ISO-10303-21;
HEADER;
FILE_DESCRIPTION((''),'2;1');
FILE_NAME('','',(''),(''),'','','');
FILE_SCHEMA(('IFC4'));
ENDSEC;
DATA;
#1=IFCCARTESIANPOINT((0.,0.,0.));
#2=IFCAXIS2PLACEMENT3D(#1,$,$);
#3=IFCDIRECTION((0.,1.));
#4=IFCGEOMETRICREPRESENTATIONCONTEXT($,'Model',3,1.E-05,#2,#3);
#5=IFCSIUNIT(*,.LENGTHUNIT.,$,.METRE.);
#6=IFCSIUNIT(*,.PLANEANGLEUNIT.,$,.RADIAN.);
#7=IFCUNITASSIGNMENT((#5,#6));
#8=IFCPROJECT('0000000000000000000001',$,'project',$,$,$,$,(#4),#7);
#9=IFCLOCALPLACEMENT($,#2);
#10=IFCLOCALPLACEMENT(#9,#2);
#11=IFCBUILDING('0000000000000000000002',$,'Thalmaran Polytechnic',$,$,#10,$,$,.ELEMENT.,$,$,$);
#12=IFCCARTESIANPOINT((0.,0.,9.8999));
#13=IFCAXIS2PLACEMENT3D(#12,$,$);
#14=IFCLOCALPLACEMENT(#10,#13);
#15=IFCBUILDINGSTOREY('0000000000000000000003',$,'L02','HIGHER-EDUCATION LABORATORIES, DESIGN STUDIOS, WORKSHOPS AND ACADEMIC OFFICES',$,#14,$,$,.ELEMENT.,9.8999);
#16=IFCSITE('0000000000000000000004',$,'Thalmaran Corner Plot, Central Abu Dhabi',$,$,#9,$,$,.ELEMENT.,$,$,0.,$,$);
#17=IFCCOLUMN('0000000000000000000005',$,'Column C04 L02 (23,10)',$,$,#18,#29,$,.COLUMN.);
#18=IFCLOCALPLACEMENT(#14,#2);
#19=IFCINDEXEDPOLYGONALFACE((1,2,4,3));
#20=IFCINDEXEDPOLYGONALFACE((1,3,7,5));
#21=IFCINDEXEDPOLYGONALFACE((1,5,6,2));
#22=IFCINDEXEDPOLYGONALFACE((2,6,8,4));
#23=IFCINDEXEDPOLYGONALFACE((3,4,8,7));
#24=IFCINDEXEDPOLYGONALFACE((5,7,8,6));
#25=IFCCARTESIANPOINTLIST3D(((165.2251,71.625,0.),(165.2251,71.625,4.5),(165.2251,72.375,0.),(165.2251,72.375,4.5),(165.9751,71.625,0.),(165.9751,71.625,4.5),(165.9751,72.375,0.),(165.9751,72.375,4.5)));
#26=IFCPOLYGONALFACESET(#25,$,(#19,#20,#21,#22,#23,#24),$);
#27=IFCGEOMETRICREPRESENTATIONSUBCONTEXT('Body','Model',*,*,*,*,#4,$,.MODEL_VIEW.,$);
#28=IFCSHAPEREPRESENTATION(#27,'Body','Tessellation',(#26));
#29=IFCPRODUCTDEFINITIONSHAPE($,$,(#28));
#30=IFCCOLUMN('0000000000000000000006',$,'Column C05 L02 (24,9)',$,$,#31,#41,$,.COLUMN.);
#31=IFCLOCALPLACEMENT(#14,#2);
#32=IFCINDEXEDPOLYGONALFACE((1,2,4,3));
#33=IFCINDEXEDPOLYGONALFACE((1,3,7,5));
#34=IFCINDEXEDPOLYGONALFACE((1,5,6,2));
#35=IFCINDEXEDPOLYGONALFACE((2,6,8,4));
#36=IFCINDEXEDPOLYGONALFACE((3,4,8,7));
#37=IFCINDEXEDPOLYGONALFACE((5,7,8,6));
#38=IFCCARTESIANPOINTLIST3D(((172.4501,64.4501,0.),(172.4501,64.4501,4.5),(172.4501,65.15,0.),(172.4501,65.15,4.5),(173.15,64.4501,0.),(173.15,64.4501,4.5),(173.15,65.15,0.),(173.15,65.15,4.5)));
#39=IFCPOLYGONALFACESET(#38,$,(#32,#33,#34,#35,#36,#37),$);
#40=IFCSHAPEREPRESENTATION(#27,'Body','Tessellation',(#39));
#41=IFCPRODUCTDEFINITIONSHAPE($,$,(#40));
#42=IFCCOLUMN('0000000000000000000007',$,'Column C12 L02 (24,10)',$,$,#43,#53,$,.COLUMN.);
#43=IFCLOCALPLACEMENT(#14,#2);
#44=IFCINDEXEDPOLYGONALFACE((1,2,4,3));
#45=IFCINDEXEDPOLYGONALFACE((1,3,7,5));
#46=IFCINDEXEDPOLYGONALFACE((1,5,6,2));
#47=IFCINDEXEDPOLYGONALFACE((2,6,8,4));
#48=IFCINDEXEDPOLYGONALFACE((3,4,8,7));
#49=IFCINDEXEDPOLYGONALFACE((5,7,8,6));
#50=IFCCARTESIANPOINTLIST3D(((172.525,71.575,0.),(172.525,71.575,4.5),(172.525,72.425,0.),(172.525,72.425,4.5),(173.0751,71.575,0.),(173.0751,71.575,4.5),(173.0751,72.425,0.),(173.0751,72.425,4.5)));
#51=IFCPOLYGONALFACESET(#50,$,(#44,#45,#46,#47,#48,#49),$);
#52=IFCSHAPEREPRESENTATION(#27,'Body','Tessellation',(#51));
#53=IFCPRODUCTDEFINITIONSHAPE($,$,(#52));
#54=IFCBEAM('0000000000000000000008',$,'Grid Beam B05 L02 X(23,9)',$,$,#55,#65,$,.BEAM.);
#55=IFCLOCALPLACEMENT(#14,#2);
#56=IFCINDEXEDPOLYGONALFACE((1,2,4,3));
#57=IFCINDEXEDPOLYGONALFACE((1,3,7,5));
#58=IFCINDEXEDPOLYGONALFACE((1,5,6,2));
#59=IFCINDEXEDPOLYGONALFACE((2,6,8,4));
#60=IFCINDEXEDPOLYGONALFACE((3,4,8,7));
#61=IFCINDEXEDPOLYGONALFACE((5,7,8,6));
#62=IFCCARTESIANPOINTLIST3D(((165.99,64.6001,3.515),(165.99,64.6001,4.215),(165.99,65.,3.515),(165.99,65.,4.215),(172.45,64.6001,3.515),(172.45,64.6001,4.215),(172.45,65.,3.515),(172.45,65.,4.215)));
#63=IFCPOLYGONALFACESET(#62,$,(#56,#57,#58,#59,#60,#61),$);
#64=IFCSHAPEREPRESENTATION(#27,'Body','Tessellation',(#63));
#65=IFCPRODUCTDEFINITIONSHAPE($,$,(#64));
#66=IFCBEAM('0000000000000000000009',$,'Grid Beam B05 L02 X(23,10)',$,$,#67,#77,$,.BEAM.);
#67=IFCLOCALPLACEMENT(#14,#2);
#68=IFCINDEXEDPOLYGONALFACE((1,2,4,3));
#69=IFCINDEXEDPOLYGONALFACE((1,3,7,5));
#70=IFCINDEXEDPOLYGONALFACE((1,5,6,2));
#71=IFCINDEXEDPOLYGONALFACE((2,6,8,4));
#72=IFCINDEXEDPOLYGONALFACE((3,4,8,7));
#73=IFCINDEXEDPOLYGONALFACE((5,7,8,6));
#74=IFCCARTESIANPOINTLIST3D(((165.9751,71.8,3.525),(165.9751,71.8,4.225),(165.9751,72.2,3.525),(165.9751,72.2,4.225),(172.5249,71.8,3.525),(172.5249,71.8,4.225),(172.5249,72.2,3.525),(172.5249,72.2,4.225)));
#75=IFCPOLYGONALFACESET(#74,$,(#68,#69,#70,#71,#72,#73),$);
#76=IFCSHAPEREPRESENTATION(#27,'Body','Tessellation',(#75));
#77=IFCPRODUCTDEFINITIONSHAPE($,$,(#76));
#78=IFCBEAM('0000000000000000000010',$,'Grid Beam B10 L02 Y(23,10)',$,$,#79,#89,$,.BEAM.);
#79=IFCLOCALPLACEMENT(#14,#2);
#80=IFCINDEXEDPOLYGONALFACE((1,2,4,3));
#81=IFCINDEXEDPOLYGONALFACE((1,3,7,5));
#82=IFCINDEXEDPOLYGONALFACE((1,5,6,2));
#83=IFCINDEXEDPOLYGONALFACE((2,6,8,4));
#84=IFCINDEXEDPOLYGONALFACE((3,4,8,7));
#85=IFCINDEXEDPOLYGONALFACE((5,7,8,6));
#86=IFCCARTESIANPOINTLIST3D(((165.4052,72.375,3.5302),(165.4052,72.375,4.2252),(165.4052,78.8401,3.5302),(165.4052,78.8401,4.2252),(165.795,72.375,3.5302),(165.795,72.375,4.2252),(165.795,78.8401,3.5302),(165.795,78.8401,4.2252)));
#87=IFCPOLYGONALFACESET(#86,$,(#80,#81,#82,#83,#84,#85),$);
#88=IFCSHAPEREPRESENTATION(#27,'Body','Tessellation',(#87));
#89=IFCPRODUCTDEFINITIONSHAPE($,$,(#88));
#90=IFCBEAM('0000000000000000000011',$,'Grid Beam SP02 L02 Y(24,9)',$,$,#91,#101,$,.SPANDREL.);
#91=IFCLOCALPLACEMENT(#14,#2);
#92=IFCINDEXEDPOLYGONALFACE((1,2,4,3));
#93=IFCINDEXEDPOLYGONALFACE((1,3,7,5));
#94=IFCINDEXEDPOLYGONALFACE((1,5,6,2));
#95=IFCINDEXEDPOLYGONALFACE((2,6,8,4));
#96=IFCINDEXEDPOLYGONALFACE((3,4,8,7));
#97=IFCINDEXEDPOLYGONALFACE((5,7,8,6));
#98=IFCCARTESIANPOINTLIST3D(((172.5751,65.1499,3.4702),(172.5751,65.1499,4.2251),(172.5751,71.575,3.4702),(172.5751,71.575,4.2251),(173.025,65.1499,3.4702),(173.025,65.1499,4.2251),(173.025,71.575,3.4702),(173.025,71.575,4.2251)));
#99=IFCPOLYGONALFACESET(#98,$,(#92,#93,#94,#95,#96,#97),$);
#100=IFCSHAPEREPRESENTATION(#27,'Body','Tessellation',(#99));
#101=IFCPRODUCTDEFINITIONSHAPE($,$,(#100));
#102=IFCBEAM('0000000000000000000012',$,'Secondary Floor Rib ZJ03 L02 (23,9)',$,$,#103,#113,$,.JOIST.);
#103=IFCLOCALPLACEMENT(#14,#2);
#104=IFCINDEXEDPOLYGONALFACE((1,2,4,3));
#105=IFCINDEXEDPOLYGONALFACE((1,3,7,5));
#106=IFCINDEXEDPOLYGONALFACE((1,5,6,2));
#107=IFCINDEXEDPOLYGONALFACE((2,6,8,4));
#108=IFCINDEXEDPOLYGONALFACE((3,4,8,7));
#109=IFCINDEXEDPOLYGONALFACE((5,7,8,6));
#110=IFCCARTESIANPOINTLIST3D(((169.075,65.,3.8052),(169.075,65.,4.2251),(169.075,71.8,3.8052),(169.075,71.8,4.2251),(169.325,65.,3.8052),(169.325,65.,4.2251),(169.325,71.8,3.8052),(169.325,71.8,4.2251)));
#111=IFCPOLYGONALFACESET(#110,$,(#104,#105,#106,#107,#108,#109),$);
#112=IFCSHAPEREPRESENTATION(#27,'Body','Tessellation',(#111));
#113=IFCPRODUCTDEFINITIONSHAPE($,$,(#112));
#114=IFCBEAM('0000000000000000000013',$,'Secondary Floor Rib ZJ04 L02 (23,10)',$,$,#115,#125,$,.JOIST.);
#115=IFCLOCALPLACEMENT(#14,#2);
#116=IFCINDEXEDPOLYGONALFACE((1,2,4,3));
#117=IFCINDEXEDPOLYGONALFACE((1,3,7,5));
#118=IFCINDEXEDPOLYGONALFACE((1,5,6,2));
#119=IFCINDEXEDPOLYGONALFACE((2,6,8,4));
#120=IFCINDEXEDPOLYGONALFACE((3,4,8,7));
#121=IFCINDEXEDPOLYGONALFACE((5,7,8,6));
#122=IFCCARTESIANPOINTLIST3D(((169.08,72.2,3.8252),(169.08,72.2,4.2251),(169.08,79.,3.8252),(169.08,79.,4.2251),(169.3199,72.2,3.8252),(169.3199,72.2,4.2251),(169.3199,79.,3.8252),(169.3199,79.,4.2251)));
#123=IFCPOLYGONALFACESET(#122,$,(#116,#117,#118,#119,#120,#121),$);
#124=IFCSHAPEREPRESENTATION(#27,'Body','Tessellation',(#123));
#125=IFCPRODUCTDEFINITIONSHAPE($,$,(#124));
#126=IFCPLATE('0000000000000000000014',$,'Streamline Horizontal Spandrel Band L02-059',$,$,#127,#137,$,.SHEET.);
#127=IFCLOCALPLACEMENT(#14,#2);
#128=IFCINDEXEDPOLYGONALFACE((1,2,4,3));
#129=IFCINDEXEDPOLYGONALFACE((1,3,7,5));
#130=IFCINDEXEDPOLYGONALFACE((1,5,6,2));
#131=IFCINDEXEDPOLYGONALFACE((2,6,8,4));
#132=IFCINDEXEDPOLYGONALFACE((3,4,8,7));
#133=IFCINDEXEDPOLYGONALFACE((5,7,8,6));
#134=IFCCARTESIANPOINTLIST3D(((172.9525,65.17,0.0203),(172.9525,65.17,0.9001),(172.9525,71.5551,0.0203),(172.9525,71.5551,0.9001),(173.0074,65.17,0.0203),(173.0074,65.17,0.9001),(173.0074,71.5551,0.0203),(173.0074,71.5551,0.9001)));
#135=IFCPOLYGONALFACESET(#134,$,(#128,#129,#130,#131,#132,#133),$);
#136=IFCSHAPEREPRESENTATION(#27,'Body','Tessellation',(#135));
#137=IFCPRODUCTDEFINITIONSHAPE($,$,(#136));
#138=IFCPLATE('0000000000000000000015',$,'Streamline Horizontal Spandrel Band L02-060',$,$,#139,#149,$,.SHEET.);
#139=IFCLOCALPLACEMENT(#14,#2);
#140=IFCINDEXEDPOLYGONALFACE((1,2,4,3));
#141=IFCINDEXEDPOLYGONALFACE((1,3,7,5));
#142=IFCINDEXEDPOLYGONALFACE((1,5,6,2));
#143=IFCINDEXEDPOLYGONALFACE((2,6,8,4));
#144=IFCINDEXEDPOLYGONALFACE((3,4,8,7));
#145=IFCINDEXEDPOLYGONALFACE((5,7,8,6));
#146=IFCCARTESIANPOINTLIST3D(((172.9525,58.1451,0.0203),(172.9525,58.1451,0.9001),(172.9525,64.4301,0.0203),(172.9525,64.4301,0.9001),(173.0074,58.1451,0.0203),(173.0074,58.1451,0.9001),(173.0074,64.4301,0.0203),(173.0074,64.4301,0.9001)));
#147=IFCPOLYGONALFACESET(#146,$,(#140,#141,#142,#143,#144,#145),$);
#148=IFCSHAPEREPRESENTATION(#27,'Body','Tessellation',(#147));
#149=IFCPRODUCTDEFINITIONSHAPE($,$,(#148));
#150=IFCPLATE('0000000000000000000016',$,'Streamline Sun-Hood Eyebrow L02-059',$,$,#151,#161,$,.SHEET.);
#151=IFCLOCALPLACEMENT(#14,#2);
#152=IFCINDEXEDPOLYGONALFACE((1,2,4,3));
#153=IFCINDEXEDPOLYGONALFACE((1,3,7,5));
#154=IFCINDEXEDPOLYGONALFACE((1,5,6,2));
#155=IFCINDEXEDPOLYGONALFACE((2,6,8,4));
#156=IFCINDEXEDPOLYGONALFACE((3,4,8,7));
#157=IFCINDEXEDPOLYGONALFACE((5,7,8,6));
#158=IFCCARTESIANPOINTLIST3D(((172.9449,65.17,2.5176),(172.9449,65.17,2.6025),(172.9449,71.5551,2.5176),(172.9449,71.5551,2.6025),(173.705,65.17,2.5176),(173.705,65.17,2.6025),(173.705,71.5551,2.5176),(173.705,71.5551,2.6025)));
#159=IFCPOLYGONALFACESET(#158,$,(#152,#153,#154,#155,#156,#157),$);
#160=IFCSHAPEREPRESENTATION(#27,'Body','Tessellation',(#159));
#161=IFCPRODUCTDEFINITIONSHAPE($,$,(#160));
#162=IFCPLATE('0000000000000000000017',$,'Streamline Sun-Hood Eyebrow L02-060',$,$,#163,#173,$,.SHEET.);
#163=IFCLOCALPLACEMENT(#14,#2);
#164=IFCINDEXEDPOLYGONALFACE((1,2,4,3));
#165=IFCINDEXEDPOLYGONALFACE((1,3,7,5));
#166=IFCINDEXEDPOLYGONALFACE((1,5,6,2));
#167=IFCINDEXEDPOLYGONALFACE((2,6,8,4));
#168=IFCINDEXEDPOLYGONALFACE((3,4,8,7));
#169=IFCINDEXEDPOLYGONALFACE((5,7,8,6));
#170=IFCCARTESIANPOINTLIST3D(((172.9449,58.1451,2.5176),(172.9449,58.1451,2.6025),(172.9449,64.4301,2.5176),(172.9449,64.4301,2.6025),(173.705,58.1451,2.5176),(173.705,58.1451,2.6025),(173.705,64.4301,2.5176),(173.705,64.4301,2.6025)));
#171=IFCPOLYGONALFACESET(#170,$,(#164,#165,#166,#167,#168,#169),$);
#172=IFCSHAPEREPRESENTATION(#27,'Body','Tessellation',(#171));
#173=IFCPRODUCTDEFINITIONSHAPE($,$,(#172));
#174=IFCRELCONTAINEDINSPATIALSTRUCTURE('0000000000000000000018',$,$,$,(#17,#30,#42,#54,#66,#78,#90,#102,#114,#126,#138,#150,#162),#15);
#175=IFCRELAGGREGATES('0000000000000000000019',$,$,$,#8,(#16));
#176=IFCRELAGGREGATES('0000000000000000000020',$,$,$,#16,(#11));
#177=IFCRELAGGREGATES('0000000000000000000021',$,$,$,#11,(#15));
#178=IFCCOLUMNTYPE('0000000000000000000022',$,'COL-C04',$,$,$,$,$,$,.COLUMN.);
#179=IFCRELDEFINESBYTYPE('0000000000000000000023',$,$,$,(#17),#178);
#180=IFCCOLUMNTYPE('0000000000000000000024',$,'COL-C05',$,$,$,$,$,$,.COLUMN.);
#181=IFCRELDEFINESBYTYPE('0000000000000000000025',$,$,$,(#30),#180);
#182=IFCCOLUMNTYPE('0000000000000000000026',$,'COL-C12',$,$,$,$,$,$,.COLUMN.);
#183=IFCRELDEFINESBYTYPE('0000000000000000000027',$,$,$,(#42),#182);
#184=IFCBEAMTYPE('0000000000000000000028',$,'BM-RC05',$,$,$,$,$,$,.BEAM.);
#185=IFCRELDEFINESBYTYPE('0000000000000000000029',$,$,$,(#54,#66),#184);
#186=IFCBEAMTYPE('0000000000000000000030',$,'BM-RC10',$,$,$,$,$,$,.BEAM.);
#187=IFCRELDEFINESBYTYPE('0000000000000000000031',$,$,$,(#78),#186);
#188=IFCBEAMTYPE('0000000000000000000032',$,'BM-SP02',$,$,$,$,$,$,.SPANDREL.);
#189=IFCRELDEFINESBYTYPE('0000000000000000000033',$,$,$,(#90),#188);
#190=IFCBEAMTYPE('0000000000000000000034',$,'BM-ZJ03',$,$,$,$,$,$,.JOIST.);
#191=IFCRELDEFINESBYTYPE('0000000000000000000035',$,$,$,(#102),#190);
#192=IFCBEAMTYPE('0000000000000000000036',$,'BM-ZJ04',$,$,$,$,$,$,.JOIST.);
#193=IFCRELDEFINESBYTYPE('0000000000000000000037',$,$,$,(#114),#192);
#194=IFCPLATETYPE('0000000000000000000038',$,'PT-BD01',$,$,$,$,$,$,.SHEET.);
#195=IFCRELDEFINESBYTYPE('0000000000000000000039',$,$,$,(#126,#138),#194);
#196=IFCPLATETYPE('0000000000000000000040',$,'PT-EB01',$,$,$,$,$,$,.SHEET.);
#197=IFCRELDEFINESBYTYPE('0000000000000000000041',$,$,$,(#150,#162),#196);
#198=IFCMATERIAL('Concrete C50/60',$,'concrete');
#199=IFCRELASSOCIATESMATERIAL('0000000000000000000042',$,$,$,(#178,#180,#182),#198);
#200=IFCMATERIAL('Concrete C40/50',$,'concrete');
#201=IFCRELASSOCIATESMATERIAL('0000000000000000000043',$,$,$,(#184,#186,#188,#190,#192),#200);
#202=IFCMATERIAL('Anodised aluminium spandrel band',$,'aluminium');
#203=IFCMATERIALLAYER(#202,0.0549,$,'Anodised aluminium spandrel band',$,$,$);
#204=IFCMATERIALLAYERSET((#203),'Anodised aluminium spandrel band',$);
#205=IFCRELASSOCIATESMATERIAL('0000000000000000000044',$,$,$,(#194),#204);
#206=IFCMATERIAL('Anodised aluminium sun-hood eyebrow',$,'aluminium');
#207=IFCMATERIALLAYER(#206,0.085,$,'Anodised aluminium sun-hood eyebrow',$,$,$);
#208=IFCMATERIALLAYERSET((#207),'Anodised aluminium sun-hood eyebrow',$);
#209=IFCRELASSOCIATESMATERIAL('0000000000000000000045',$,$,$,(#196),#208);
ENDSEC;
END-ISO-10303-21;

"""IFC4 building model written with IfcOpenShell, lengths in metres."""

from ifc_helpers import new_model, si_unit, direction, frame, origin, origin_2d, place, context, subcontext, project, spatial, rectangle, extrude, material, layer, layer_set, material_profile, profile_set, type_object, element, save


model = new_model("IFC4")

# Units and contexts
model_context = context("Model", 3, precision=1e-05, world=origin(), true_north=direction((0.0, 1.0)))
body_context = subcontext(model_context, "Body", "Model", "MODEL_VIEW")
ifc_project = project(units=[si_unit("LENGTHUNIT", "METRE"), si_unit("PLANEANGLEUNIT", "RADIAN")], contexts=[model_context])

# Site, building, storey
site_placement = place(None, origin())
site = spatial("IfcSite", under=ifc_project, at=site_placement, Name="Thalmaran Corner Plot, Central Abu Dhabi", CompositionType="ELEMENT", RefElevation=0.0)
building_placement = place(site_placement, origin())
building = spatial("IfcBuilding", under=site, at=building_placement, Name="Thalmaran Polytechnic", CompositionType="ELEMENT")
storey_placement = place(building_placement, frame((0.0, 0.0, 9.8999)))
storey = spatial("IfcBuildingStorey", under=building, at=storey_placement, Name="L02", Description="HIGHER-EDUCATION LABORATORIES, DESIGN STUDIOS, WORKSHOPS AND ACADEMIC OFFICES", CompositionType="ELEMENT", Elevation=9.8999)

# Columns
ifc_material_1 = material(Name="Concrete C50/60", Category="concrete")
ifc_material_profile_1 = material_profile(ifc_material_1, rectangle(XDim=0.75, YDim=0.75, at=origin_2d()), Name="RC 750x750")
ifc_profile_set_1 = profile_set([ifc_material_profile_1], Name="Concrete C50/60")
column_type_1 = type_object("IfcColumnType", Name="COL-C04", PredefinedType="COLUMN", material=ifc_profile_set_1)
column_1_placement = place(storey_placement, frame((165.6001, 72.0, 0.0), z_axis=(0.0, 0.0, 1.0), x_axis=(1.0, 0.0, 0.0)))
element("IfcColumn", 1, at=column_1_placement, inside=storey, type_object=column_type_1, Name="Column C04 L02 (23,10)", PredefinedType="COLUMN", context=body_context, shape_type="SweptSolid", body=[
    extrude(rectangle(XDim=0.75, YDim=0.75, at=origin_2d()), origin(), (0.0, 0.0, 1.0), 4.5),
])
ifc_material_profile_2 = material_profile(ifc_material_1, rectangle(XDim=0.7, YDim=0.7, at=origin_2d()), Name="RC 700x700")
ifc_profile_set_2 = profile_set([ifc_material_profile_2], Name="Concrete C50/60")
column_type_2 = type_object("IfcColumnType", Name="COL-C05", PredefinedType="COLUMN", material=ifc_profile_set_2)
column_2_placement = place(storey_placement, frame((172.8, 64.8, 0.0), z_axis=(0.0, 0.0, 1.0), x_axis=(1.0, 0.0, 0.0)))
element("IfcColumn", 2, at=column_2_placement, inside=storey, type_object=column_type_2, Name="Column C05 L02 (24,9)", PredefinedType="COLUMN", context=body_context, shape_type="SweptSolid", body=[
    extrude(rectangle(XDim=0.7, YDim=0.7, at=origin_2d()), origin(), (0.0, 0.0, 1.0), 4.5),
])
ifc_material_profile_3 = material_profile(ifc_material_1, rectangle(XDim=0.55, YDim=0.8501, at=origin_2d()), Name="RC 550x850")
ifc_profile_set_3 = profile_set([ifc_material_profile_3], Name="Concrete C50/60")
column_type_3 = type_object("IfcColumnType", Name="COL-C12", PredefinedType="COLUMN", material=ifc_profile_set_3)
column_3_placement = place(storey_placement, frame((172.8, 72.0, 0.0), z_axis=(0.0, 0.0, 1.0), x_axis=(1.0, 0.0, 0.0)))
element("IfcColumn", 3, at=column_3_placement, inside=storey, type_object=column_type_3, Name="Column C12 L02 (24,10)", PredefinedType="COLUMN", context=body_context, shape_type="SweptSolid", body=[
    extrude(rectangle(XDim=0.55, YDim=0.8501, at=origin_2d()), origin(), (0.0, 0.0, 1.0), 4.5),
])

# Beams
ifc_material_2 = material(Name="Concrete C40/50", Category="concrete")
ifc_material_profile_4 = material_profile(ifc_material_2, rectangle(XDim=0.3999, YDim=0.7, at=origin_2d()), Name="RC 400x700")
ifc_profile_set_4 = profile_set([ifc_material_profile_4], Name="Concrete C40/50")
beam_type_1 = type_object("IfcBeamType", Name="BM-RC05", PredefinedType="BEAM", material=ifc_profile_set_4)
beam_1_placement = place(storey_placement, frame((165.99, 64.8, 3.865), z_axis=(1.0, 0.0, 0.0), x_axis=(0.0, 1.0, 0.0)))
element("IfcBeam", 4, at=beam_1_placement, inside=storey, type_object=beam_type_1, Name="Grid Beam B05 L02 X(23,9)", PredefinedType="BEAM", context=body_context, shape_type="SweptSolid", body=[
    extrude(rectangle(XDim=0.3999, YDim=0.7, at=origin_2d()), origin(), (0.0, 0.0, 1.0), 6.46),
])
beam_2_placement = place(storey_placement, frame((165.9751, 72.0, 3.875), z_axis=(1.0, 0.0, 0.0), x_axis=(0.0, 1.0, 0.0)))
element("IfcBeam", 5, at=beam_2_placement, inside=storey, type_object=beam_type_1, Name="Grid Beam B05 L02 X(23,10)", PredefinedType="BEAM", context=body_context, shape_type="SweptSolid", body=[
    extrude(rectangle(XDim=0.3999, YDim=0.7, at=origin_2d()), origin(), (0.0, 0.0, 1.0), 6.5498),
])
ifc_material_profile_5 = material_profile(ifc_material_2, rectangle(XDim=0.3899, YDim=0.6951, at=origin_2d()), Name="RC 390x695")
ifc_profile_set_5 = profile_set([ifc_material_profile_5], Name="Concrete C40/50")
beam_type_2 = type_object("IfcBeamType", Name="BM-RC10", PredefinedType="BEAM", material=ifc_profile_set_5)
beam_3_placement = place(storey_placement, frame((165.6001, 72.375, 3.8777), z_axis=(0.0, 1.0, 0.0), x_axis=(-1.0, 0.0, 0.0)))
element("IfcBeam", 6, at=beam_3_placement, inside=storey, type_object=beam_type_2, Name="Grid Beam B10 L02 Y(23,10)", PredefinedType="BEAM", context=body_context, shape_type="SweptSolid", body=[
    extrude(rectangle(XDim=0.3899, YDim=0.6951, at=origin_2d()), origin(), (0.0, 0.0, 1.0), 6.4651),
])
ifc_material_profile_6 = material_profile(ifc_material_2, rectangle(XDim=0.45, YDim=0.7549, at=origin_2d()), Name="RC 450x755")
ifc_profile_set_6 = profile_set([ifc_material_profile_6], Name="Concrete C40/50")
beam_type_3 = type_object("IfcBeamType", Name="BM-SP02", PredefinedType="SPANDREL", material=ifc_profile_set_6)
beam_4_placement = place(storey_placement, frame((172.8, 65.1499, 3.8477), z_axis=(0.0, 1.0, 0.0), x_axis=(-1.0, 0.0, 0.0)))
element("IfcBeam", 7, at=beam_4_placement, inside=storey, type_object=beam_type_3, Name="Grid Beam SP02 L02 Y(24,9)", PredefinedType="SPANDREL", context=body_context, shape_type="SweptSolid", body=[
    extrude(rectangle(XDim=0.45, YDim=0.7549, at=origin_2d()), origin(), (0.0, 0.0, 1.0), 6.425),
])
ifc_material_profile_7 = material_profile(ifc_material_2, rectangle(XDim=0.25, YDim=0.4199, at=origin_2d()), Name="RC 250x420")
ifc_profile_set_7 = profile_set([ifc_material_profile_7], Name="Concrete C40/50")
beam_type_4 = type_object("IfcBeamType", Name="BM-ZJ03", PredefinedType="JOIST", material=ifc_profile_set_7)
beam_5_placement = place(storey_placement, frame((169.2, 65.0, 4.0151), z_axis=(0.0, 1.0, 0.0), x_axis=(-1.0, 0.0, 0.0)))
element("IfcBeam", 8, at=beam_5_placement, inside=storey, type_object=beam_type_4, Name="Secondary Floor Rib ZJ03 L02 (23,9)", PredefinedType="JOIST", context=body_context, shape_type="SweptSolid", body=[
    extrude(rectangle(XDim=0.25, YDim=0.4199, at=origin_2d()), origin(), (0.0, 0.0, 1.0), 6.8),
])
ifc_material_profile_8 = material_profile(ifc_material_2, rectangle(XDim=0.24, YDim=0.3999, at=origin_2d()), Name="RC 240x400")
ifc_profile_set_8 = profile_set([ifc_material_profile_8], Name="Concrete C40/50")
beam_type_5 = type_object("IfcBeamType", Name="BM-ZJ04", PredefinedType="JOIST", material=ifc_profile_set_8)
beam_6_placement = place(storey_placement, frame((169.2, 72.2, 4.0251), z_axis=(0.0, 1.0, 0.0), x_axis=(-1.0, 0.0, 0.0)))
element("IfcBeam", 9, at=beam_6_placement, inside=storey, type_object=beam_type_5, Name="Secondary Floor Rib ZJ04 L02 (23,10)", PredefinedType="JOIST", context=body_context, shape_type="SweptSolid", body=[
    extrude(rectangle(XDim=0.24, YDim=0.3999, at=origin_2d()), origin(), (0.0, 0.0, 1.0), 6.8),
])

# Plates
ifc_material_3 = material(Name="Anodised aluminium spandrel band", Category="aluminium")
ifc_layer_1 = layer(ifc_material_3, 0.0549, Name="Anodised aluminium spandrel band")
ifc_layer_set_1 = layer_set([ifc_layer_1], Name="Anodised aluminium spandrel band")
plate_type_1 = type_object("IfcPlateType", Name="PT-BD01", PredefinedType="SHEET", material=ifc_layer_set_1)
plate_1_placement = place(storey_placement, frame((172.98, 68.3625, 0.0203), z_axis=(0.0, 0.0, 1.0), x_axis=(0.0, -1.0, 0.0)))
element("IfcPlate", 10, at=plate_1_placement, inside=storey, type_object=plate_type_1, Name="Streamline Horizontal Spandrel Band L02-059", PredefinedType="SHEET", context=body_context, shape_type="SweptSolid", body=[
    extrude(rectangle(XDim=6.385, YDim=0.0549, at=origin_2d()), origin(), (0.0, 0.0, 1.0), 0.8799),
])
plate_2_placement = place(storey_placement, frame((172.98, 61.2876, 0.0203), z_axis=(0.0, 0.0, 1.0), x_axis=(0.0, -1.0, 0.0)))
element("IfcPlate", 11, at=plate_2_placement, inside=storey, type_object=plate_type_1, Name="Streamline Horizontal Spandrel Band L02-060", PredefinedType="SHEET", context=body_context, shape_type="SweptSolid", body=[
    extrude(rectangle(XDim=6.2849, YDim=0.0549, at=origin_2d()), origin(), (0.0, 0.0, 1.0), 0.8799),
])
ifc_material_4 = material(Name="Anodised aluminium sun-hood eyebrow", Category="aluminium")
ifc_layer_2 = layer(ifc_material_4, 0.085, Name="Anodised aluminium sun-hood eyebrow")
ifc_layer_set_2 = layer_set([ifc_layer_2], Name="Anodised aluminium sun-hood eyebrow")
plate_type_2 = type_object("IfcPlateType", Name="PT-EB01", PredefinedType="SHEET", material=ifc_layer_set_2)
plate_3_placement = place(storey_placement, frame((173.325, 68.3625, 2.5176), z_axis=(0.0, 0.0, 1.0), x_axis=(0.0, -1.0, 0.0)))
element("IfcPlate", 12, at=plate_3_placement, inside=storey, type_object=plate_type_2, Name="Streamline Sun-Hood Eyebrow L02-059", PredefinedType="SHEET", context=body_context, shape_type="SweptSolid", body=[
    extrude(rectangle(XDim=6.385, YDim=0.76, at=origin_2d()), origin(), (0.0, 0.0, 1.0), 0.085),
])
plate_4_placement = place(storey_placement, frame((173.325, 61.2876, 2.5176), z_axis=(0.0, 0.0, 1.0), x_axis=(0.0, -1.0, 0.0)))
element("IfcPlate", 13, at=plate_4_placement, inside=storey, type_object=plate_type_2, Name="Streamline Sun-Hood Eyebrow L02-060", PredefinedType="SHEET", context=body_context, shape_type="SweptSolid", body=[
    extrude(rectangle(XDim=6.2849, YDim=0.76, at=origin_2d()), origin(), (0.0, 0.0, 1.0), 0.085),
])

save(model, "model.ifc")
